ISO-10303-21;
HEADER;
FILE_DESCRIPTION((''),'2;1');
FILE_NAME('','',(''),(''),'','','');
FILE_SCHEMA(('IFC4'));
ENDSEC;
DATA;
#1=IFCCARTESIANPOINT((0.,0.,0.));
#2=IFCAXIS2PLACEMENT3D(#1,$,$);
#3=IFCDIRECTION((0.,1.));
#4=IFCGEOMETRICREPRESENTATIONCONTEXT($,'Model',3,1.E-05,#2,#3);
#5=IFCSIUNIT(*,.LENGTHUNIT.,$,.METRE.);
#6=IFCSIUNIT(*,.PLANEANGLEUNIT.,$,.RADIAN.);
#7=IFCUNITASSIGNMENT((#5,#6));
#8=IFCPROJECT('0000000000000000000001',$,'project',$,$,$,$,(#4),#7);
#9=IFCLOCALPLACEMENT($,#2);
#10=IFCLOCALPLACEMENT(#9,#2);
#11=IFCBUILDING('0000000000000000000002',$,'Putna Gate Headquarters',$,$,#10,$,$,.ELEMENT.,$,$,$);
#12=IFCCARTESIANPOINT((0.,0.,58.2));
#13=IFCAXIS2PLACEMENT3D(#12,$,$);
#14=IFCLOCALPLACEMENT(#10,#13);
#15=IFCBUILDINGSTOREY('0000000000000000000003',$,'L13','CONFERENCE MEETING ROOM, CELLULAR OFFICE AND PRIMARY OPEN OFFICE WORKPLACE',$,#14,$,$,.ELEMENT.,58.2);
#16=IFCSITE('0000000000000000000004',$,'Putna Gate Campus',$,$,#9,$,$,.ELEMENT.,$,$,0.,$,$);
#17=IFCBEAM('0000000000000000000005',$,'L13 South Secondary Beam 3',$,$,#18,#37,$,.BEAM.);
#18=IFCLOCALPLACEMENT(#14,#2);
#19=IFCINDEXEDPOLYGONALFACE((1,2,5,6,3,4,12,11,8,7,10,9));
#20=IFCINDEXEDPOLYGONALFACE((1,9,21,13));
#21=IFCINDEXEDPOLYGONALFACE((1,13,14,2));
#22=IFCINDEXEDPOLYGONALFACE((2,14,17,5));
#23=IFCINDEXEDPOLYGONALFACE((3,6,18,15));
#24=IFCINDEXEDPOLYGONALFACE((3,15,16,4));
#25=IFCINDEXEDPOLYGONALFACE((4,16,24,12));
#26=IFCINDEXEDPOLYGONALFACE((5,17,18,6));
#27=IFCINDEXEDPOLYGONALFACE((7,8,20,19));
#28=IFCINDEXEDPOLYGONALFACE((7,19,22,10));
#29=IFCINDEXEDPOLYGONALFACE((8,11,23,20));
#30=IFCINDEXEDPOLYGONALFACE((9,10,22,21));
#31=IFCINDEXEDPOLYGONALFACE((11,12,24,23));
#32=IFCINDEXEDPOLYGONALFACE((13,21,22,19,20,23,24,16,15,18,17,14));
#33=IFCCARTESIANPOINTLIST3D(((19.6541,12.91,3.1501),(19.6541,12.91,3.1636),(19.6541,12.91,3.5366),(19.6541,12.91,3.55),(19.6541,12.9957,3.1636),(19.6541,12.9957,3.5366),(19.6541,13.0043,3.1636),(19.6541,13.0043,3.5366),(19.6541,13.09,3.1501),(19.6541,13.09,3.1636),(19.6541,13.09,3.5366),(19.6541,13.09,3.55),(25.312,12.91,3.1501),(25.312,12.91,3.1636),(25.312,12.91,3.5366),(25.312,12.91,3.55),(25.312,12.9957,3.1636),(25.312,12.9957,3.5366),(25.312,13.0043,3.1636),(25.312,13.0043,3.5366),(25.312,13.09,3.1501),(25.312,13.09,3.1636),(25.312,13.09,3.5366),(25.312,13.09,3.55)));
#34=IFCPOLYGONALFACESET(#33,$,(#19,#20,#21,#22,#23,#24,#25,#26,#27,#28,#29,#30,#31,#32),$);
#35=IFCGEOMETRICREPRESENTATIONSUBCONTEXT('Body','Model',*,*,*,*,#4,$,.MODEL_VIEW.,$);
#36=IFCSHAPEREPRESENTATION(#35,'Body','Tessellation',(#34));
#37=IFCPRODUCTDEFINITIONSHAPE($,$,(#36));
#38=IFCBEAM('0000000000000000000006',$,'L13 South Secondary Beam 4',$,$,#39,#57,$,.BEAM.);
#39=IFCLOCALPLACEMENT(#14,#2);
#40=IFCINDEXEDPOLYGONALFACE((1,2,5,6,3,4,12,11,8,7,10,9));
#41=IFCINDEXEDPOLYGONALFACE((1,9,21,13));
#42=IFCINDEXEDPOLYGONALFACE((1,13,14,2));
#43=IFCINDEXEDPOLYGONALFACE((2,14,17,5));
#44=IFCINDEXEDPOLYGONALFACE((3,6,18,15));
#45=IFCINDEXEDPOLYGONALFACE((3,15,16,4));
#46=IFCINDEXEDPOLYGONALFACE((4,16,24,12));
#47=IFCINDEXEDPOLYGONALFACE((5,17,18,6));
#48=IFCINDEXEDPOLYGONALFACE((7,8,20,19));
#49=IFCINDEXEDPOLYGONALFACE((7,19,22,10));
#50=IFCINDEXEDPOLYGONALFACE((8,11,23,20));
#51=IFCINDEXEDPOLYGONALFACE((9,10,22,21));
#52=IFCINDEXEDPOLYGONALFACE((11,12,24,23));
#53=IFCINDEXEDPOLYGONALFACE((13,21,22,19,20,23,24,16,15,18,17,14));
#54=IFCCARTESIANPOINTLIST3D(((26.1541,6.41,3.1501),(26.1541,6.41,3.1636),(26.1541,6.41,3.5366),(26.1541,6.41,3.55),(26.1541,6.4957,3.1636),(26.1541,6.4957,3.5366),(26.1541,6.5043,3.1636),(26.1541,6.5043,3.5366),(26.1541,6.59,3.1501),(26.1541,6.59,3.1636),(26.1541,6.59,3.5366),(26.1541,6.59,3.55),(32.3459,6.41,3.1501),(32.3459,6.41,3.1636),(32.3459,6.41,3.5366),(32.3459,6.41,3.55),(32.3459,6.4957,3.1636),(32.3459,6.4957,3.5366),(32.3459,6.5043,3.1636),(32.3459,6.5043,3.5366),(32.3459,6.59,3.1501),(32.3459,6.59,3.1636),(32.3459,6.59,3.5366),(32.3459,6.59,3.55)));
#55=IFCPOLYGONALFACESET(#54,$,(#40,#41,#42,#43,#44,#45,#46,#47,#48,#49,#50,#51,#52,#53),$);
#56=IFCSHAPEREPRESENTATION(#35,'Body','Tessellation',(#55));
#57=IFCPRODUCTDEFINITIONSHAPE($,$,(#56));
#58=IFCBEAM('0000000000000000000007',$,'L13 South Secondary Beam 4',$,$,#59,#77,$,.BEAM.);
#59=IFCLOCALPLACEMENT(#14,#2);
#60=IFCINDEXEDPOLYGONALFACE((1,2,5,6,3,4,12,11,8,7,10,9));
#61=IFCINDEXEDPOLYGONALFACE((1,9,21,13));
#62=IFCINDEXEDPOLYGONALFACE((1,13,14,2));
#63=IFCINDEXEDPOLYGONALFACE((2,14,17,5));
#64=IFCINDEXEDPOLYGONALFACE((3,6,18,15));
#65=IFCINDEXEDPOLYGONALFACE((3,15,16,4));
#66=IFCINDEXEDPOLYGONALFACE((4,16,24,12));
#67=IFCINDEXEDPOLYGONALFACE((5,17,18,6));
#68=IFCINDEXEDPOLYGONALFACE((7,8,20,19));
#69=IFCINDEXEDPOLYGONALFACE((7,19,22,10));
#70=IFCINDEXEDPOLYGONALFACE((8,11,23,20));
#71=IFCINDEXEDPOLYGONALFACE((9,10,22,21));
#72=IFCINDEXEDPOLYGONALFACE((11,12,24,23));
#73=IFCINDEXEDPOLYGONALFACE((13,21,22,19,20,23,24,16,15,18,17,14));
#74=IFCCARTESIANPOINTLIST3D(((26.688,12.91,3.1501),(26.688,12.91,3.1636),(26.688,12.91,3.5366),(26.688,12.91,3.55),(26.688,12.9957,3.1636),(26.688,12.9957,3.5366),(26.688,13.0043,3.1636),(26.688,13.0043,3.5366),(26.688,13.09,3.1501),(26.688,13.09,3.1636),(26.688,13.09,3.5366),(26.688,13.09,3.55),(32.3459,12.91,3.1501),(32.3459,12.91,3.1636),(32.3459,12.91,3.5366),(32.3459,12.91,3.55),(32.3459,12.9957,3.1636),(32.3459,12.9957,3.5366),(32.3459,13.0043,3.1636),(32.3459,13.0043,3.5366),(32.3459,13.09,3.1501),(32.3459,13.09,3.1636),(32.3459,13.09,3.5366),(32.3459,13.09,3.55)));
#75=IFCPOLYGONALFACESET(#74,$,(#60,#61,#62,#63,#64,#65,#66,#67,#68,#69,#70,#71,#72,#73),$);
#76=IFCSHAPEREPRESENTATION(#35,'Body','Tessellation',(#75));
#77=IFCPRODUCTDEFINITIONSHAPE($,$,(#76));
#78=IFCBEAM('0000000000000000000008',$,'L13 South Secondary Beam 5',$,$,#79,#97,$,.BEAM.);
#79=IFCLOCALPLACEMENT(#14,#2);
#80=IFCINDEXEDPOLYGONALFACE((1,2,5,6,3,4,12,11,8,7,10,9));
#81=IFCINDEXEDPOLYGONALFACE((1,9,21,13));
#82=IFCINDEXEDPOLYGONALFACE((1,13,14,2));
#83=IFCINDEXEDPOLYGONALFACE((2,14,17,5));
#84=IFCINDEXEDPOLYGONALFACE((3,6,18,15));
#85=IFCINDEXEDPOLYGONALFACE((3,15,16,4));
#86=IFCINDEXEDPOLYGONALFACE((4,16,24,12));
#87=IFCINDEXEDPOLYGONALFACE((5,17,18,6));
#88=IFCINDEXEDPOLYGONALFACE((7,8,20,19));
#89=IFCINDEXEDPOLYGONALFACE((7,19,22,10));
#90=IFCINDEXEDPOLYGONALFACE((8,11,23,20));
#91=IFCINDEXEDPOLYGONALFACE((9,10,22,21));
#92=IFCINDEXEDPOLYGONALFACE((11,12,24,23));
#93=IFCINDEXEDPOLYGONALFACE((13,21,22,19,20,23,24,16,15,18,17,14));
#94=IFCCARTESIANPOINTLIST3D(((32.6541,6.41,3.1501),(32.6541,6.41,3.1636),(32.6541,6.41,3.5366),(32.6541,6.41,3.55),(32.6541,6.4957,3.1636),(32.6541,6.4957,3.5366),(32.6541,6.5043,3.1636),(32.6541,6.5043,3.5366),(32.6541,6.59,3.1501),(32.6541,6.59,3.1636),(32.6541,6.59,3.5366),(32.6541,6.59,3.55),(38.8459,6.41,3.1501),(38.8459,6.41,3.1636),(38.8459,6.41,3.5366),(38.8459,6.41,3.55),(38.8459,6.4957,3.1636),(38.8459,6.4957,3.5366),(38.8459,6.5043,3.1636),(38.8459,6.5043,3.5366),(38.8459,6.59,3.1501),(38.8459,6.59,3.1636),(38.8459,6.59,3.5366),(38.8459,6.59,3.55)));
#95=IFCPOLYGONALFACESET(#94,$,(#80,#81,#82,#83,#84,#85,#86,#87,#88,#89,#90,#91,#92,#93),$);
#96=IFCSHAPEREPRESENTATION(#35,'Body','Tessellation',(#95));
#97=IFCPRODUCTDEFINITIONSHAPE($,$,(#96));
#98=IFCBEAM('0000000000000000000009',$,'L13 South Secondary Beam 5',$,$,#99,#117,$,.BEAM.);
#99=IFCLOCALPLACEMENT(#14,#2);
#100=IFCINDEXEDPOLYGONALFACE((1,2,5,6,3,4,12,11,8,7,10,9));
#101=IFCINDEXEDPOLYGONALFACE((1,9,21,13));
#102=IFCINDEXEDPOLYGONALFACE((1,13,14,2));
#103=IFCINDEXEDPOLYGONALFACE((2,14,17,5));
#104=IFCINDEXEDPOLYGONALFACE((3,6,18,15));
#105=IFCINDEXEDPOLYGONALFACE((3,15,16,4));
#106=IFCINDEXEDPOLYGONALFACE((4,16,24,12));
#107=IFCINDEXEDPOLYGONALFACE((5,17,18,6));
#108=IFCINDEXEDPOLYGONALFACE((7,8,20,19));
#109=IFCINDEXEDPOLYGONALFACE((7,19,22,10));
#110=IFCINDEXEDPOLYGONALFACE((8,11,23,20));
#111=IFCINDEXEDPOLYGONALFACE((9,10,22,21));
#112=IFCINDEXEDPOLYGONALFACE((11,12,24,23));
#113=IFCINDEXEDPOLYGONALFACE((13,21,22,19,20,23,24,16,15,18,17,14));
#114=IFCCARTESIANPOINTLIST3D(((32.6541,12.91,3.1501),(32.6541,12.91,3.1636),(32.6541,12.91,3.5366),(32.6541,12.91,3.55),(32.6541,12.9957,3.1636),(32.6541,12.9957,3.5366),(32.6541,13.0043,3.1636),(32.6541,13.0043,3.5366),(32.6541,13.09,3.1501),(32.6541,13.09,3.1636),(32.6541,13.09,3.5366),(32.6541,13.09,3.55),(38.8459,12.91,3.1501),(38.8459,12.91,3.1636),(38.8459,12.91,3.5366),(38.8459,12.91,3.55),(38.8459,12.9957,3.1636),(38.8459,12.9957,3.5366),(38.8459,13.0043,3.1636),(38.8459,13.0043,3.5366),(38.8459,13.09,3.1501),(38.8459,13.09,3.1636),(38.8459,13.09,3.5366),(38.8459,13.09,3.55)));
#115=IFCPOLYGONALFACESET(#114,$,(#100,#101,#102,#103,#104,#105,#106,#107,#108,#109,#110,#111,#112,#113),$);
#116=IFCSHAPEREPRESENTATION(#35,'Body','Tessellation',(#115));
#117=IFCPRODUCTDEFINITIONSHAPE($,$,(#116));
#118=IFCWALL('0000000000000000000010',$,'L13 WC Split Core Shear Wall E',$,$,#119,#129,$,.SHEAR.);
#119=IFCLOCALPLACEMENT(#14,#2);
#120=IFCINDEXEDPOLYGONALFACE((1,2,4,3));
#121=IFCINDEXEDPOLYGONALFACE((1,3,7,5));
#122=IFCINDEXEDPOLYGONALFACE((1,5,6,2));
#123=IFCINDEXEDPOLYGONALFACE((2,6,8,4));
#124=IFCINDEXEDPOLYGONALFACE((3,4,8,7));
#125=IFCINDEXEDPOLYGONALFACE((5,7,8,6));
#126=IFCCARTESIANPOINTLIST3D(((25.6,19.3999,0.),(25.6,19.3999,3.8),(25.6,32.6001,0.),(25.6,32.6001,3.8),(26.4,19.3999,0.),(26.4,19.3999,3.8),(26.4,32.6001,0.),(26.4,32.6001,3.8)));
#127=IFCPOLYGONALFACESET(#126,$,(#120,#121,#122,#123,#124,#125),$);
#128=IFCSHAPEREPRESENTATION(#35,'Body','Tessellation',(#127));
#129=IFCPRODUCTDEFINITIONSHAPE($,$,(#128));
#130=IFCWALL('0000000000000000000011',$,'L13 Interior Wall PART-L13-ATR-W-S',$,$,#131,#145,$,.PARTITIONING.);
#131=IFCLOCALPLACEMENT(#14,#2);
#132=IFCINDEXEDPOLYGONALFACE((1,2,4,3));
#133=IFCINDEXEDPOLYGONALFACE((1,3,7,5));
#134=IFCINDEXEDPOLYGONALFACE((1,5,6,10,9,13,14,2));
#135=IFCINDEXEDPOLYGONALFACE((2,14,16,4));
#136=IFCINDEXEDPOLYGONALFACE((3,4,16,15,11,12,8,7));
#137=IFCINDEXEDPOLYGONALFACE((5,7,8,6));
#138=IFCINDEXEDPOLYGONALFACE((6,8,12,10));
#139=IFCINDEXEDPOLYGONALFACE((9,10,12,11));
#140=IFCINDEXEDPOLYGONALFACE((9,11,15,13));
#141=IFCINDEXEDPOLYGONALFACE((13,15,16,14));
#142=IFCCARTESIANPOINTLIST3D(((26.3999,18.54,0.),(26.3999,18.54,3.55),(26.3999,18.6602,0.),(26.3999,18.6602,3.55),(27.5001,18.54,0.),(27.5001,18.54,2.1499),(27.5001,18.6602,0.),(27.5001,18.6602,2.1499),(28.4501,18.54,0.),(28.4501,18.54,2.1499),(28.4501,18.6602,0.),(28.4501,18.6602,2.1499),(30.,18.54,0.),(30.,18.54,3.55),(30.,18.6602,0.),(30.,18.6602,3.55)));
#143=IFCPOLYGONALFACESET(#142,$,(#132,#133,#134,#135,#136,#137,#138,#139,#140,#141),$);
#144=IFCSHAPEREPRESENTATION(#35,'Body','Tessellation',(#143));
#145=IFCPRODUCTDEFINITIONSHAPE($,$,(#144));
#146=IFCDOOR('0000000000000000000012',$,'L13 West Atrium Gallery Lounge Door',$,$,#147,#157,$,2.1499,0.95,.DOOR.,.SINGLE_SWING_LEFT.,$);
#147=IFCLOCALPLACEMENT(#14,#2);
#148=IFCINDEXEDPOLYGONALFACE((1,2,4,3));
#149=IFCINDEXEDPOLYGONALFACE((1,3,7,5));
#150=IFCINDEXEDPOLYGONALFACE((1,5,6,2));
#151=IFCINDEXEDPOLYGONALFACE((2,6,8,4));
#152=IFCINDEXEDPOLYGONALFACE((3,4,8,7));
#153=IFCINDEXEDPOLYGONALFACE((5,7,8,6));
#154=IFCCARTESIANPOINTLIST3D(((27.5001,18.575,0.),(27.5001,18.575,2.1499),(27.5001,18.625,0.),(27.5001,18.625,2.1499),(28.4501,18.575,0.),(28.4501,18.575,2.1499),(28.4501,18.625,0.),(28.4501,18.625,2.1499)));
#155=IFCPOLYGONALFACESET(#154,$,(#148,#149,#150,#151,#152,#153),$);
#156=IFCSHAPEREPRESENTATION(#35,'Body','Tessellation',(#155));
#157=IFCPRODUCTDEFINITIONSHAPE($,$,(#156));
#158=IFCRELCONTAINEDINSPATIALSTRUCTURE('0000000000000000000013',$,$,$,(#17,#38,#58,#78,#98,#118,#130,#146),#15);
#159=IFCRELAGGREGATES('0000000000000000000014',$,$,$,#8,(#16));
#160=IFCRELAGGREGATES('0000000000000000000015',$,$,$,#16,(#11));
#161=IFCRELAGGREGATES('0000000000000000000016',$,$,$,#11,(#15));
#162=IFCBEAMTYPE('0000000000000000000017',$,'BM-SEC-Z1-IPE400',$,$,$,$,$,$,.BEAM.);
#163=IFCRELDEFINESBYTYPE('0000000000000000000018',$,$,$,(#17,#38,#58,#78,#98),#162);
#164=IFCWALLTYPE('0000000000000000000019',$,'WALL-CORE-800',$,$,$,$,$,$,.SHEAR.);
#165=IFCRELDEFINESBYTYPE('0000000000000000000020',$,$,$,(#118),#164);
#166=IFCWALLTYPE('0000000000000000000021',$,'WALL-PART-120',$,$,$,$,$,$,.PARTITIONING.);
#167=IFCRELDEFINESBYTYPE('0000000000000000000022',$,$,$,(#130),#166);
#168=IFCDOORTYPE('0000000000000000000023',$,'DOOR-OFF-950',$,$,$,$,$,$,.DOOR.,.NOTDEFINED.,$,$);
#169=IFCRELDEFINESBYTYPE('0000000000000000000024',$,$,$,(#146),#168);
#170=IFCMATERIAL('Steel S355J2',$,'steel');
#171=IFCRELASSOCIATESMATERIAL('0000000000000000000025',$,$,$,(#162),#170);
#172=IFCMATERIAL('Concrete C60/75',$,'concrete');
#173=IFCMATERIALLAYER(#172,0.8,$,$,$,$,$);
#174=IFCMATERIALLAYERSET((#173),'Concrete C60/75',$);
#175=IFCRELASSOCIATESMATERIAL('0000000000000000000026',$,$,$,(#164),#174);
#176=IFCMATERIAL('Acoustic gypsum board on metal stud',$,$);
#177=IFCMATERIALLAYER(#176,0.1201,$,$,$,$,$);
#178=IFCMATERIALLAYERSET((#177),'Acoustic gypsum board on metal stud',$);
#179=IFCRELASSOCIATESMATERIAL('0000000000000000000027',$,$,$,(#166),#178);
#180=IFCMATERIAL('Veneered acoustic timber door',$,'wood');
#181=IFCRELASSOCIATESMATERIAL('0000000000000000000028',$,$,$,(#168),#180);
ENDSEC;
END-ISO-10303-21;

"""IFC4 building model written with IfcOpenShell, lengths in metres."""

from ifc_helpers import new_model, si_unit, direction, frame, frame_2d, origin, origin_2d, place, context, subcontext, project, spatial, rectangle, i_section, extrude, material, layer, layer_set, material_profile, profile_set, type_object, element, fill, save


model = new_model("IFC4")

# Units and contexts
model_context = context("Model", 3, precision=1e-05, world=origin(), true_north=direction((0.0, 1.0)))
body_context = subcontext(model_context, "Body", "Model", "MODEL_VIEW")
ifc_project = project(units=[si_unit("LENGTHUNIT", "METRE"), si_unit("PLANEANGLEUNIT", "RADIAN")], contexts=[model_context])

# Site, building, storey
site_placement = place(None, origin())
site = spatial("IfcSite", under=ifc_project, at=site_placement, Name="Putna Gate Campus", CompositionType="ELEMENT", RefElevation=0.0)
building_placement = place(site_placement, origin())
building = spatial("IfcBuilding", under=site, at=building_placement, Name="Putna Gate Headquarters", CompositionType="ELEMENT")
storey_placement = place(building_placement, frame((0.0, 0.0, 58.2)))
storey = spatial("IfcBuildingStorey", under=building, at=storey_placement, Name="L13", Description="CONFERENCE MEETING ROOM, CELLULAR OFFICE AND PRIMARY OPEN OFFICE WORKPLACE", CompositionType="ELEMENT", Elevation=58.2)

# Shared definitions
ifc_material_1 = material(Name="Concrete C60/75", Category="concrete")

# Beams
ifc_material_2 = material(Name="Steel S355J2", Category="steel")
ifc_material_profile_1 = material_profile(ifc_material_2, i_section(OverallWidth=0.1799, OverallDepth=0.3999, WebThickness=0.0085, FlangeThickness=0.0134, at=origin_2d()), Name="Steel S355J2")
ifc_profile_set_1 = profile_set([ifc_material_profile_1], Name="Steel S355J2")
beam_type_1 = type_object("IfcBeamType", Name="BM-SEC-Z1-IPE400", PredefinedType="BEAM", material=ifc_profile_set_1)
beam_1_placement = place(storey_placement, frame((19.6541, 13.0, 3.3501), z_axis=(1.0, 0.0, 0.0), x_axis=(0.0, 1.0, 0.0)))
element("IfcBeam", 1, at=beam_1_placement, inside=storey, type_object=beam_type_1, Name="L13 South Secondary Beam 3", PredefinedType="BEAM", context=body_context, shape_type="SweptSolid", body=[
    extrude(i_section(OverallWidth=0.1799, OverallDepth=0.3999, WebThickness=0.0085, FlangeThickness=0.0134, at=origin_2d()), origin(), (0.0, 0.0, 1.0), 5.658),
])
beam_2_placement = place(storey_placement, frame((26.1541, 6.5, 3.3501), z_axis=(1.0, 0.0, 0.0), x_axis=(0.0, 1.0, 0.0)))
element("IfcBeam", 2, at=beam_2_placement, inside=storey, type_object=beam_type_1, Name="L13 South Secondary Beam 4", PredefinedType="BEAM", context=body_context, shape_type="SweptSolid", body=[
    extrude(i_section(OverallWidth=0.1799, OverallDepth=0.3999, WebThickness=0.0085, FlangeThickness=0.0134, at=origin_2d()), origin(), (0.0, 0.0, 1.0), 6.1919),
])
beam_3_placement = place(storey_placement, frame((26.688, 13.0, 3.3501), z_axis=(1.0, 0.0, 0.0), x_axis=(0.0, 1.0, 0.0)))
element("IfcBeam", 3, at=beam_3_placement, inside=storey, type_object=beam_type_1, Name="L13 South Secondary Beam 4", PredefinedType="BEAM", context=body_context, shape_type="SweptSolid", body=[
    extrude(i_section(OverallWidth=0.1799, OverallDepth=0.3999, WebThickness=0.0085, FlangeThickness=0.0134, at=origin_2d()), origin(), (0.0, 0.0, 1.0), 5.658),
])
for number, where, z_axis, x_axis, name in (
    (4, (32.6541, 6.5, 3.3501), (1.0, 0.0, 0.0), (0.0, 1.0, 0.0), "L13 South Secondary Beam 5"),
    (5, (32.6541, 13.0, 3.3501), (1.0, 0.0, 0.0), (0.0, 1.0, 0.0), "L13 South Secondary Beam 5"),
):
    element("IfcBeam", number, at=place(storey_placement, frame(where, z_axis=z_axis, x_axis=x_axis)), inside=storey, type_object=beam_type_1, Name=name, PredefinedType="BEAM", context=body_context, shape_type="SweptSolid", body=[
        extrude(i_section(OverallWidth=0.1799, OverallDepth=0.3999, WebThickness=0.0085, FlangeThickness=0.0134, at=origin_2d()), origin(), (0.0, 0.0, 1.0), 6.1919),
    ])

# Wall
ifc_layer_1 = layer(ifc_material_1, 0.8)
ifc_layer_set_1 = layer_set([ifc_layer_1], Name="Concrete C60/75")
wall_type_1 = type_object("IfcWallType", Name="WALL-CORE-800", PredefinedType="SHEAR", material=ifc_layer_set_1)
wall_1_placement = place(storey_placement, frame((26.0, 19.3999, 0.0), z_axis=(0.0, 0.0, 1.0), x_axis=(0.0, 1.0, 0.0)))
element("IfcWall", 6, at=wall_1_placement, inside=storey, type_object=wall_type_1, Name="L13 WC Split Core Shear Wall E", PredefinedType="SHEAR", context=body_context, shape_type="SweptSolid", body=[
    extrude(rectangle(XDim=13.2002, YDim=0.8, at=frame_2d((6.6001, 0.0))), origin(), (0.0, 0.0, 1.0), 3.8),
])

# Wall, opening, door
ifc_material_3 = material(Name="Acoustic gypsum board on metal stud")
ifc_layer_2 = layer(ifc_material_3, 0.1201)
ifc_layer_set_2 = layer_set([ifc_layer_2], Name="Acoustic gypsum board on metal stud")
wall_type_2 = type_object("IfcWallType", Name="WALL-PART-120", PredefinedType="PARTITIONING", material=ifc_layer_set_2)
wall_2_placement = place(storey_placement, frame((26.3999, 18.6001, 0.0), z_axis=(0.0, 0.0, 1.0), x_axis=(1.0, 0.0, 0.0)))
wall_2 = element("IfcWall", 7, at=wall_2_placement, inside=storey, type_object=wall_type_2, Name="L13 Interior Wall PART-L13-ATR-W-S", PredefinedType="PARTITIONING", context=body_context, shape_type="SweptSolid", body=[
    extrude(rectangle(XDim=3.6001, YDim=0.1201, at=frame_2d((1.8, 0.0))), origin(), (0.0, 0.0, 1.0), 3.55),
])
opening_1_placement = place(wall_2_placement, frame((1.1001, 0.0, 0.0)))
opening_1 = element("IfcOpeningElement", 8, at=opening_1_placement, cuts=wall_2, PredefinedType="OPENING", context=body_context, shape_type="SweptSolid", body=[
    extrude(rectangle(XDim=0.95, YDim=2.1499, at=frame_2d((0.4751, 1.075))), frame((0.0, 0.0701, 0.0), z_axis=(0.0, -1.0, 0.0), x_axis=(1.0, 0.0, 0.0)), (0.0, 0.0, 1.0), 0.1401),
])
ifc_material_4 = material(Name="Veneered acoustic timber door", Category="wood")
door_type_1 = type_object("IfcDoorType", Name="DOOR-OFF-950", OperationType="NOTDEFINED", PredefinedType="DOOR", material=ifc_material_4)
door_1_placement = place(opening_1_placement, origin())
door_1 = element("IfcDoor", 9, at=door_1_placement, inside=storey, type_object=door_type_1, Name="L13 West Atrium Gallery Lounge Door", OperationType="SINGLE_SWING_LEFT", OverallHeight=2.1499, OverallWidth=0.95, PredefinedType="DOOR", context=body_context, shape_type="SweptSolid", body=[
    extrude(rectangle(XDim=0.95, YDim=2.1499, at=frame_2d((0.4751, 1.075))), frame((0.0, 0.0249, 0.0), z_axis=(0.0, -1.0, 0.0), x_axis=(1.0, 0.0, 0.0)), (0.0, 0.0, 1.0), 0.05),
])
fill(opening_1, door_1)

save(model, "model.ifc")
